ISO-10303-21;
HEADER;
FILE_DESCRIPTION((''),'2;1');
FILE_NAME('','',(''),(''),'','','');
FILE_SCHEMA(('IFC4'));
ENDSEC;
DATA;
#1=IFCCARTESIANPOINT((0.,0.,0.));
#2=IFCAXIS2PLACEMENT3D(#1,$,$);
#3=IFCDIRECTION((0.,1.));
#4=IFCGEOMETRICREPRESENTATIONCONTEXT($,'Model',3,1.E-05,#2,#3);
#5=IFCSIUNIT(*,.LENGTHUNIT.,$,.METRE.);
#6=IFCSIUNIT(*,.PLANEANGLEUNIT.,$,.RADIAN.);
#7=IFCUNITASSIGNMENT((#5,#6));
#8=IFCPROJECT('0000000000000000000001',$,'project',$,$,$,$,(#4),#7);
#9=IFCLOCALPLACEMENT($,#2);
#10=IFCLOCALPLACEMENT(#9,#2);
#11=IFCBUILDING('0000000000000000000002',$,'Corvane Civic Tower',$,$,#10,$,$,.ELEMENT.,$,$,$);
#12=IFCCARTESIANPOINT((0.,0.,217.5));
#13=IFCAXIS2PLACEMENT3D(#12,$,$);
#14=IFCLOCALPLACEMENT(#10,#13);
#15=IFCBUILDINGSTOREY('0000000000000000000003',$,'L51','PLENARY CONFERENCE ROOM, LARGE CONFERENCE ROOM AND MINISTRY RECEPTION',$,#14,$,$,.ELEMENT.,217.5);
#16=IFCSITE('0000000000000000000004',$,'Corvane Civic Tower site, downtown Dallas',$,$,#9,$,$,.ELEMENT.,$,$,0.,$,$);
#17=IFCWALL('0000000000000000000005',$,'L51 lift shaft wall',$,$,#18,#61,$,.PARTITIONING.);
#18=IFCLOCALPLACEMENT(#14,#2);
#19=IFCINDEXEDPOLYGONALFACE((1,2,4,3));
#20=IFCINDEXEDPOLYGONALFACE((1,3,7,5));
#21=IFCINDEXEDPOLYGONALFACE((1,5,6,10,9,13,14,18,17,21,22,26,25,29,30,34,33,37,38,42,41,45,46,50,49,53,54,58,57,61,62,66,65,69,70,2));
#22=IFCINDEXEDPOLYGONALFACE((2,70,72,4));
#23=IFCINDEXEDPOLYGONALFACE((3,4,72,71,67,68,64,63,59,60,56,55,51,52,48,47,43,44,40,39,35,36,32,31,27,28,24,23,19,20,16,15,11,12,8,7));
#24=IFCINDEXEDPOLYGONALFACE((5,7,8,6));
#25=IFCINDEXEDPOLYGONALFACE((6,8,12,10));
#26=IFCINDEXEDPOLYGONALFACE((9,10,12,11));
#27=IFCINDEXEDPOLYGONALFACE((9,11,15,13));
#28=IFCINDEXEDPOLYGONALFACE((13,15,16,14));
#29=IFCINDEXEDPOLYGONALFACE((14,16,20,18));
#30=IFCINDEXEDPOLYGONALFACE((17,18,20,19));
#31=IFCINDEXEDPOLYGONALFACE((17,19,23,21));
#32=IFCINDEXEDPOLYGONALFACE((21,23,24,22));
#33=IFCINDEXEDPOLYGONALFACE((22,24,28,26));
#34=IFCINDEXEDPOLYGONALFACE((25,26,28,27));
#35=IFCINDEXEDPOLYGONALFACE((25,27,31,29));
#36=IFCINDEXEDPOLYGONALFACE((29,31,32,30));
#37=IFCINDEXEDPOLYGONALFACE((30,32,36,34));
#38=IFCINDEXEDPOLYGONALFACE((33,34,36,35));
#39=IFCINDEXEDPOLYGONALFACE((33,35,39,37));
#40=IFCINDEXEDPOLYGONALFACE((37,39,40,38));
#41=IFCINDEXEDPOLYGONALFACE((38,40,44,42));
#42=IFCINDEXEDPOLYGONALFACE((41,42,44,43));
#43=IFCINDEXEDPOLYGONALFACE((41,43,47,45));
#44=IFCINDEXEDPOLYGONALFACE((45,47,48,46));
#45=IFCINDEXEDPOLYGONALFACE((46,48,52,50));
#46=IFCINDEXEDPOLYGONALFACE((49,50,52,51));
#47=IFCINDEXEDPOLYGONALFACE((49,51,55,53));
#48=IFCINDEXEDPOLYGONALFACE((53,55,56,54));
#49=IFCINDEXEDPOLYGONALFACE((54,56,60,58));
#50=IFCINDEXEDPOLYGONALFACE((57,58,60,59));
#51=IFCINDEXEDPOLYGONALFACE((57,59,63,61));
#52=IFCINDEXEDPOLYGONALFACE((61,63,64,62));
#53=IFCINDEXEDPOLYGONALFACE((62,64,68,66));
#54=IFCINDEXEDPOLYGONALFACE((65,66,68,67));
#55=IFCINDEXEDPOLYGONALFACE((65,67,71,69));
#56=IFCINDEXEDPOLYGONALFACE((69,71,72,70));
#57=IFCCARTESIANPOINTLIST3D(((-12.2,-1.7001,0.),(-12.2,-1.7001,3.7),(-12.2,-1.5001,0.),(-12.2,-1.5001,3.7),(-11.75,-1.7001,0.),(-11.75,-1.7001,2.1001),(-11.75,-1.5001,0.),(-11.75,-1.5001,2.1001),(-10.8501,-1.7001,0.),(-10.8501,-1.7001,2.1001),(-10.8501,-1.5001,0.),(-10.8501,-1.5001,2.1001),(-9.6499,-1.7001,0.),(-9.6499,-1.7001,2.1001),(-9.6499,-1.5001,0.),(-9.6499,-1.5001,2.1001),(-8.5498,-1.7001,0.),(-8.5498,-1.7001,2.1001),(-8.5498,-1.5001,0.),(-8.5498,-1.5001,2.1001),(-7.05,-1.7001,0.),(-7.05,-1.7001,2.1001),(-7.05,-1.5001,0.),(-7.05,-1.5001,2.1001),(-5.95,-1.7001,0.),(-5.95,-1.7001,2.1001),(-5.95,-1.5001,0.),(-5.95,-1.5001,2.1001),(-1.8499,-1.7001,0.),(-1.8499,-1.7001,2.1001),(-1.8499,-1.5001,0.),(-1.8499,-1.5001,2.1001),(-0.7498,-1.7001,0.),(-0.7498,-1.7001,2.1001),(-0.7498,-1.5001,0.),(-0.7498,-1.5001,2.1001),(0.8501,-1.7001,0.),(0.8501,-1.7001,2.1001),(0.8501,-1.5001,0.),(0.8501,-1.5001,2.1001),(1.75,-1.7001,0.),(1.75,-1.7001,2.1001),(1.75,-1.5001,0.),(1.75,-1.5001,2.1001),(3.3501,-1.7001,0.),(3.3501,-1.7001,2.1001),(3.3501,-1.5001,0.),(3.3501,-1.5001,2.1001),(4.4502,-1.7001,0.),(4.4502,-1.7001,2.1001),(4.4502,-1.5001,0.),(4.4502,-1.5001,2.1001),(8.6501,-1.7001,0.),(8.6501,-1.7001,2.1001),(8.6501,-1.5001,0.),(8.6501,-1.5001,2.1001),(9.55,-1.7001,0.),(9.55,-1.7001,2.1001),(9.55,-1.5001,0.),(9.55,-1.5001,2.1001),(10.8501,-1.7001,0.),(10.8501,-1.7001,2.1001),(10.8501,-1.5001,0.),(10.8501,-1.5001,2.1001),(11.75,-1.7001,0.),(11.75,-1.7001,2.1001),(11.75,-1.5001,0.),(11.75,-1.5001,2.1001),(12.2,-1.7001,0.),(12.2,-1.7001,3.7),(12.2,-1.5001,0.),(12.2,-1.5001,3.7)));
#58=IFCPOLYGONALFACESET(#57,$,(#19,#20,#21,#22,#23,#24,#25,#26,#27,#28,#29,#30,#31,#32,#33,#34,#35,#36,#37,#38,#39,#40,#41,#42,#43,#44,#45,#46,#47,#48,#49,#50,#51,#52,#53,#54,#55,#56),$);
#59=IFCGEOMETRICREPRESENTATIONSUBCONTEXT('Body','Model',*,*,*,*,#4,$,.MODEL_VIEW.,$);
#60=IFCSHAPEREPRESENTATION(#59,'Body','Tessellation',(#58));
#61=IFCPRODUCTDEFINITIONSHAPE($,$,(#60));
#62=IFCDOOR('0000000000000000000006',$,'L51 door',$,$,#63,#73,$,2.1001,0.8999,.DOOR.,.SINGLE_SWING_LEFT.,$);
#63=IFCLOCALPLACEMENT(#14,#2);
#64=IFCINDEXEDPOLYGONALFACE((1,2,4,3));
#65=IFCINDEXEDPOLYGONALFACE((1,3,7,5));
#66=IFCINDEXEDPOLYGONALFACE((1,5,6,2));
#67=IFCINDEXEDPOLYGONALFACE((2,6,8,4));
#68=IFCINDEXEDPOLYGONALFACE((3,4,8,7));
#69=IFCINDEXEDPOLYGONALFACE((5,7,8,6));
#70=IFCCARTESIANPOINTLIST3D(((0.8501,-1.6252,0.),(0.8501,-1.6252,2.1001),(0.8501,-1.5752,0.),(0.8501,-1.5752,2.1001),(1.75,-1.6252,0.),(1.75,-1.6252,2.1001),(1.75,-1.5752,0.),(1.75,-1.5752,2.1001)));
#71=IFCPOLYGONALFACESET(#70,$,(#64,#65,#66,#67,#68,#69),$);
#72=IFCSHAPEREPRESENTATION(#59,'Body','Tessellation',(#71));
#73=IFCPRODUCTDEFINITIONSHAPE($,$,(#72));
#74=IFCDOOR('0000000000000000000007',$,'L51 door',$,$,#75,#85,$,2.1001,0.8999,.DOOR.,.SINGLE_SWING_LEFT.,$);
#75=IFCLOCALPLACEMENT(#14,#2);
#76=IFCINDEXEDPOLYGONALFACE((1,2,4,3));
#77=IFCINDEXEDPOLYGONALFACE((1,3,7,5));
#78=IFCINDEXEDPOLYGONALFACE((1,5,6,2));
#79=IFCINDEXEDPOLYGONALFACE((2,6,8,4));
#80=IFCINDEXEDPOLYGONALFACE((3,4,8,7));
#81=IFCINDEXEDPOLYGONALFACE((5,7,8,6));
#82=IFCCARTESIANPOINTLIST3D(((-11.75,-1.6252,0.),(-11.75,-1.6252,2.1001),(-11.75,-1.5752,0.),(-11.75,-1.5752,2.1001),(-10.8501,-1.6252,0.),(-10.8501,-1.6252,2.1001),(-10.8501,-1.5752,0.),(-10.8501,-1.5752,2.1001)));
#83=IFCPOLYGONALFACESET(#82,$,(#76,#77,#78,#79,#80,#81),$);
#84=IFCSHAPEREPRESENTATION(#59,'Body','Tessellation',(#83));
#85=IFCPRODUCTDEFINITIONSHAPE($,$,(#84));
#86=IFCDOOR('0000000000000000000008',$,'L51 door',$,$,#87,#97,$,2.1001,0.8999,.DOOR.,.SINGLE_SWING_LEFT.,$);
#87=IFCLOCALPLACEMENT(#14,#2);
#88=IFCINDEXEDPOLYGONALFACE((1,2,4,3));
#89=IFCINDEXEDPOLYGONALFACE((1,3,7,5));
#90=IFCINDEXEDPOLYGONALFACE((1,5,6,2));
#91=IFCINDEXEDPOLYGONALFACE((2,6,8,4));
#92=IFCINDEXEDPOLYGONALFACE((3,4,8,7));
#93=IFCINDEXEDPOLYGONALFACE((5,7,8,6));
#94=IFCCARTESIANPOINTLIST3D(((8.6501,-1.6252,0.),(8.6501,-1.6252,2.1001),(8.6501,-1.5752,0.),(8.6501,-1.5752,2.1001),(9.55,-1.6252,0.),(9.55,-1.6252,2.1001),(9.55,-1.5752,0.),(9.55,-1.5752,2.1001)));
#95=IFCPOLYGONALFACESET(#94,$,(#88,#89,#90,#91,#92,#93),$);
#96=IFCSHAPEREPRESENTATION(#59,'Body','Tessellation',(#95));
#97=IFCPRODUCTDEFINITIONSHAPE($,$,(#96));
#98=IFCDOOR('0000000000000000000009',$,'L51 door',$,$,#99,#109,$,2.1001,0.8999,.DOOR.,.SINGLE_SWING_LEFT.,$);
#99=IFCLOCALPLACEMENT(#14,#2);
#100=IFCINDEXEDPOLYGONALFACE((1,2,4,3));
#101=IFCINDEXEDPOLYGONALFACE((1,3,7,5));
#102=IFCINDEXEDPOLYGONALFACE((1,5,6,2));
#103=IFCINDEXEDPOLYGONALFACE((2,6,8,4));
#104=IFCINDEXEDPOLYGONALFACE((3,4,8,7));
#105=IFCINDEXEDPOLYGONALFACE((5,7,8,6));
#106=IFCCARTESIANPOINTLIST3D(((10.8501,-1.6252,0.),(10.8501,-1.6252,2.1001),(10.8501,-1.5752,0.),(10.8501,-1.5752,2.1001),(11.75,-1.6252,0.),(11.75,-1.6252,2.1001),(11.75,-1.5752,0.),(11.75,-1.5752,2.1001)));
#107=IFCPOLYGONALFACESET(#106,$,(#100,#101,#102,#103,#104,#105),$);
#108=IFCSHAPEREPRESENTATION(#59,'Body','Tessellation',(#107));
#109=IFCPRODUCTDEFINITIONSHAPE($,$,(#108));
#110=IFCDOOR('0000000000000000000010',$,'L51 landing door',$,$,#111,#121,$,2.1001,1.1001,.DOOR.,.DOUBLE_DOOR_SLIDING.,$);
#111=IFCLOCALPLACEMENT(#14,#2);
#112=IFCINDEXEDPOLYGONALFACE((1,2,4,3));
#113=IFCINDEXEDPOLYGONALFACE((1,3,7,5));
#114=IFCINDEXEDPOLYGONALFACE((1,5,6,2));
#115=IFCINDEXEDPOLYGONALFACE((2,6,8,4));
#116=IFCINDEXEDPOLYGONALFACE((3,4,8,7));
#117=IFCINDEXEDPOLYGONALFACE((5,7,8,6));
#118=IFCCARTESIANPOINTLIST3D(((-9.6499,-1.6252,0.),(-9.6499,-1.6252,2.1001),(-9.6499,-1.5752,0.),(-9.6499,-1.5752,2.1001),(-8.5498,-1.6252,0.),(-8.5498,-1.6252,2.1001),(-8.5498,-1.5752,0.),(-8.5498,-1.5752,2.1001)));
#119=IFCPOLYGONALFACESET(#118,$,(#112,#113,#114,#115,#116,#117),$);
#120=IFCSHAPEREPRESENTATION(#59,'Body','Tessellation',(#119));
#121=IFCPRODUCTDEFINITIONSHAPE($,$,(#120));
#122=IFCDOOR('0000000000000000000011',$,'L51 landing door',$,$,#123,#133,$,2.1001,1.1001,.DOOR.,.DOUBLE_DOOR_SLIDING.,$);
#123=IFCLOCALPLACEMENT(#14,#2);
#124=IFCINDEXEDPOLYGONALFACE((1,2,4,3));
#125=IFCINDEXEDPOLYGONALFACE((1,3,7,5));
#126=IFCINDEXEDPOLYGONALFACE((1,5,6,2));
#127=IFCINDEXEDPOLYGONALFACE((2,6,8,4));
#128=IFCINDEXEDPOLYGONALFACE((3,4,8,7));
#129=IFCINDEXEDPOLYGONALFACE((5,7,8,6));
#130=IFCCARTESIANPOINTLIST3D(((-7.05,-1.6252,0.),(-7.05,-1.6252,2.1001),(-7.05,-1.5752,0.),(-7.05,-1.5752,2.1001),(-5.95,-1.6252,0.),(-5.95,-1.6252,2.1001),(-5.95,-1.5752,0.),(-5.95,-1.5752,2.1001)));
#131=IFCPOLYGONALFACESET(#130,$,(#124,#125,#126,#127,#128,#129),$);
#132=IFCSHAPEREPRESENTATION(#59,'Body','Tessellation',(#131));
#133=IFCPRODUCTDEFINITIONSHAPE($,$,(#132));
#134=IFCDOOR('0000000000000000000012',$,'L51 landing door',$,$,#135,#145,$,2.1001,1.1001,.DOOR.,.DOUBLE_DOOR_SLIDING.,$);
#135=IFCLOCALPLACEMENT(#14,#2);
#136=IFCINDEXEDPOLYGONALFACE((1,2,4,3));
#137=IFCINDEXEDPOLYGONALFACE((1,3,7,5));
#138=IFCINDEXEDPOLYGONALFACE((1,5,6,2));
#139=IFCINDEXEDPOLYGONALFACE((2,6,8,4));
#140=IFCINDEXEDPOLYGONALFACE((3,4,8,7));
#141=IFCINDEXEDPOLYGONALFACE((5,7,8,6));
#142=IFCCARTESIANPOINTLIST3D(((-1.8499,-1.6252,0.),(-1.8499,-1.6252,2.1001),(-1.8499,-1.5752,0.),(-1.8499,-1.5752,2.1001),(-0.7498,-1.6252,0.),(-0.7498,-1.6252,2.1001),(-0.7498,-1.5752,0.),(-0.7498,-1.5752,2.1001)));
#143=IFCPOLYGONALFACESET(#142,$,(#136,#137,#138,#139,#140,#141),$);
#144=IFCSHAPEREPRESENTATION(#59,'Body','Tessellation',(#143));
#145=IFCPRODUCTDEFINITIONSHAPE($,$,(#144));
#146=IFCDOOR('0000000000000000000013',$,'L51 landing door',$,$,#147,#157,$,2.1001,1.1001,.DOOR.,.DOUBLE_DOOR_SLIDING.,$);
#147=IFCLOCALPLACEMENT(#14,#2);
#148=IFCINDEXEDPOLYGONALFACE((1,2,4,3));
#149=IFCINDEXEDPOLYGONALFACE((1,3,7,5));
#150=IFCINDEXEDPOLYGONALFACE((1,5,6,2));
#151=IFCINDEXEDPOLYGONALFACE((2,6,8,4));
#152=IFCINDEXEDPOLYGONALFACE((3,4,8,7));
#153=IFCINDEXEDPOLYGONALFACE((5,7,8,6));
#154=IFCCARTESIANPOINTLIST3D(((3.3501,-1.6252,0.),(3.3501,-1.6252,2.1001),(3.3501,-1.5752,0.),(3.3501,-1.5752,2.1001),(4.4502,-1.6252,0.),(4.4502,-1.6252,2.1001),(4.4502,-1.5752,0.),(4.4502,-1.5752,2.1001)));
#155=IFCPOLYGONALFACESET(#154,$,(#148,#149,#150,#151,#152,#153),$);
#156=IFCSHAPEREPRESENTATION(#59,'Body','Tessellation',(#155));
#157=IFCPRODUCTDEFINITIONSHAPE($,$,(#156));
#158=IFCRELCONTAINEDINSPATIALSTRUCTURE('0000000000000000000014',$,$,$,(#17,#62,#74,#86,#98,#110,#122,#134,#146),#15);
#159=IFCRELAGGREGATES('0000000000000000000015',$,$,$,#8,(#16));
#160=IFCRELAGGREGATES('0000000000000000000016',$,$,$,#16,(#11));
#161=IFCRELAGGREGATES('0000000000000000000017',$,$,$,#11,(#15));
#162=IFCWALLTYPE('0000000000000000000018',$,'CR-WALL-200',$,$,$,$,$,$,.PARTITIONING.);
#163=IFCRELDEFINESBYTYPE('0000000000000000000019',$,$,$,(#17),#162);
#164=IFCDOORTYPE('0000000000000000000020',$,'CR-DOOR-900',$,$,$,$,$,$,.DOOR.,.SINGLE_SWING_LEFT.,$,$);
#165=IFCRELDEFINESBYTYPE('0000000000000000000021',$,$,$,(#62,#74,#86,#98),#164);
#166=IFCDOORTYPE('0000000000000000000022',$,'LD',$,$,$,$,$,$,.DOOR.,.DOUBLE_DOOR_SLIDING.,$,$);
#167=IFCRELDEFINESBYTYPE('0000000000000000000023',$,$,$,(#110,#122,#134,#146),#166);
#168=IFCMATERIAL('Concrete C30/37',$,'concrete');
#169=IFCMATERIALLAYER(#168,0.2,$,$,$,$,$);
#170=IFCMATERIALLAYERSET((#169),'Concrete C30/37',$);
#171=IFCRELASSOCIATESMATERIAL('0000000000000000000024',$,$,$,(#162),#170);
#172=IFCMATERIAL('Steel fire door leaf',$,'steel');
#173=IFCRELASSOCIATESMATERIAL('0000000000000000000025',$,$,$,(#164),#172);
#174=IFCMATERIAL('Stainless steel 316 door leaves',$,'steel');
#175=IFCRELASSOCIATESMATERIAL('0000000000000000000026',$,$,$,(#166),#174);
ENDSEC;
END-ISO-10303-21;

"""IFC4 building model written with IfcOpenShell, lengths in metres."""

from ifc_helpers import new_model, si_unit, direction, frame, frame_2d, origin, place, context, subcontext, project, spatial, rectangle, extrude, material, layer, layer_set, type_object, element, fill, save


model = new_model("IFC4")

# Units and contexts
model_context = context("Model", 3, precision=1e-05, world=origin(), true_north=direction((0.0, 1.0)))
body_context = subcontext(model_context, "Body", "Model", "MODEL_VIEW")
ifc_project = project(units=[si_unit("LENGTHUNIT", "METRE"), si_unit("PLANEANGLEUNIT", "RADIAN")], contexts=[model_context])

# Site, building, storey
site_placement = place(None, origin())
site = spatial("IfcSite", under=ifc_project, at=site_placement, Name="Corvane Civic Tower site, downtown Dallas", CompositionType="ELEMENT", RefElevation=0.0)
building_placement = place(site_placement, origin())
building = spatial("IfcBuilding", under=site, at=building_placement, Name="Corvane Civic Tower", CompositionType="ELEMENT")
storey_placement = place(building_placement, frame((0.0, 0.0, 217.5)))
storey = spatial("IfcBuildingStorey", under=building, at=storey_placement, Name="L51", Description="PLENARY CONFERENCE ROOM, LARGE CONFERENCE ROOM AND MINISTRY RECEPTION", CompositionType="ELEMENT", Elevation=217.5)

# Shared definitions
ifc_material_1 = material(Name="Concrete C30/37", Category="concrete")
ifc_layer_1 = layer(ifc_material_1, 0.2)
ifc_layer_set_1 = layer_set([ifc_layer_1], Name="Concrete C30/37")
wall_type_1 = type_object("IfcWallType", Name="CR-WALL-200", PredefinedType="PARTITIONING", material=ifc_layer_set_1)
ifc_material_2 = material(Name="Steel fire door leaf", Category="steel")
door_type_1 = type_object("IfcDoorType", Name="CR-DOOR-900", OperationType="SINGLE_SWING_LEFT", PredefinedType="DOOR", material=ifc_material_2)

# Wall, openings, doors
wall_1_placement = place(storey_placement, frame((-12.2, -1.6001, 0.0), z_axis=(0.0, 0.0, 1.0), x_axis=(1.0, 0.0, 0.0)))
wall_1 = element("IfcWall", 1, at=wall_1_placement, inside=storey, type_object=wall_type_1, Name="L51 lift shaft wall", PredefinedType="PARTITIONING", context=body_context, shape_type="SweptSolid", body=[
    extrude(rectangle(XDim=24.3999, YDim=0.2, at=frame_2d((12.2, 0.0))), origin(), (0.0, 0.0, 1.0), 3.7),
])
opening_1_placement = place(wall_1_placement, frame((2.55, 0.0, 0.0)))
opening_1 = element("IfcOpeningElement", 2, at=opening_1_placement, cuts=wall_1, PredefinedType="OPENING", context=body_context, shape_type="SweptSolid", body=[
    extrude(rectangle(XDim=1.1001, YDim=2.1001, at=frame_2d((0.55, 1.05))), frame((0.0, 0.1099, 0.0), z_axis=(0.0, -1.0, 0.0), x_axis=(1.0, 0.0, 0.0)), (0.0, 0.0, 1.0), 0.22),
])
opening_2_placement = place(wall_1_placement, frame((5.1499, 0.0, 0.0)))
opening_2 = element("IfcOpeningElement", 3, at=opening_2_placement, cuts=wall_1, PredefinedType="OPENING", context=body_context, shape_type="SweptSolid", body=[
    extrude(rectangle(XDim=1.1001, YDim=2.1001, at=frame_2d((0.55, 1.05))), frame((0.0, 0.1099, 0.0), z_axis=(0.0, -1.0, 0.0), x_axis=(1.0, 0.0, 0.0)), (0.0, 0.0, 1.0), 0.22),
])
opening_3_placement = place(wall_1_placement, frame((10.3501, 0.0, 0.0)))
opening_3 = element("IfcOpeningElement", 4, at=opening_3_placement, cuts=wall_1, PredefinedType="OPENING", context=body_context, shape_type="SweptSolid", body=[
    extrude(rectangle(XDim=1.1001, YDim=2.1001, at=frame_2d((0.55, 1.05))), frame((0.0, 0.1099, 0.0), z_axis=(0.0, -1.0, 0.0), x_axis=(1.0, 0.0, 0.0)), (0.0, 0.0, 1.0), 0.22),
])
opening_4_placement = place(wall_1_placement, frame((13.05, 0.0, 0.0)))
opening_4 = element("IfcOpeningElement", 5, at=opening_4_placement, cuts=wall_1, PredefinedType="OPENING", context=body_context, shape_type="SweptSolid", body=[
    extrude(rectangle(XDim=0.8999, YDim=2.1001, at=frame_2d((0.45, 1.05))), frame((0.0, 0.1099, 0.0), z_axis=(0.0, -1.0, 0.0), x_axis=(1.0, 0.0, 0.0)), (0.0, 0.0, 1.0), 0.22),
])
opening_5_placement = place(wall_1_placement, frame((15.55, 0.0, 0.0)))
opening_5 = element("IfcOpeningElement", 6, at=opening_5_placement, cuts=wall_1, PredefinedType="OPENING", context=body_context, shape_type="SweptSolid", body=[
    extrude(rectangle(XDim=1.1001, YDim=2.1001, at=frame_2d((0.55, 1.05))), frame((0.0, 0.1099, 0.0), z_axis=(0.0, -1.0, 0.0), x_axis=(1.0, 0.0, 0.0)), (0.0, 0.0, 1.0), 0.22),
])
opening_6_placement = place(wall_1_placement, frame((0.45, 0.0, 0.0)))
opening_6 = element("IfcOpeningElement", 7, at=opening_6_placement, cuts=wall_1, PredefinedType="OPENING", context=body_context, shape_type="SweptSolid", body=[
    extrude(rectangle(XDim=0.8999, YDim=2.1001, at=frame_2d((0.45, 1.05))), frame((0.0, 0.1099, 0.0), z_axis=(0.0, -1.0, 0.0), x_axis=(1.0, 0.0, 0.0)), (0.0, 0.0, 1.0), 0.22),
])
opening_7_placement = place(wall_1_placement, frame((20.8501, 0.0, 0.0)))
opening_7 = element("IfcOpeningElement", 8, at=opening_7_placement, cuts=wall_1, PredefinedType="OPENING", context=body_context, shape_type="SweptSolid", body=[
    extrude(rectangle(XDim=0.8999, YDim=2.1001, at=frame_2d((0.45, 1.05))), frame((0.0, 0.1099, 0.0), z_axis=(0.0, -1.0, 0.0), x_axis=(1.0, 0.0, 0.0)), (0.0, 0.0, 1.0), 0.22),
])
opening_8_placement = place(wall_1_placement, frame((23.05, 0.0, 0.0)))
opening_8 = element("IfcOpeningElement", 9, at=opening_8_placement, cuts=wall_1, PredefinedType="OPENING", context=body_context, shape_type="SweptSolid", body=[
    extrude(rectangle(XDim=0.8999, YDim=2.1001, at=frame_2d((0.45, 1.05))), frame((0.0, 0.1099, 0.0), z_axis=(0.0, -1.0, 0.0), x_axis=(1.0, 0.0, 0.0)), (0.0, 0.0, 1.0), 0.22),
])
door_1_placement = place(opening_4_placement, origin())
door_1 = element("IfcDoor", 10, at=door_1_placement, inside=storey, type_object=door_type_1, Name="L51 door", OperationType="SINGLE_SWING_LEFT", OverallHeight=2.1001, OverallWidth=0.8999, PredefinedType="DOOR", context=body_context, shape_type="SweptSolid", body=[
    extrude(rectangle(XDim=0.8999, YDim=2.1001, at=frame_2d((0.45, 1.05))), frame((0.0, 0.0249, 0.0), z_axis=(0.0, -1.0, 0.0), x_axis=(1.0, 0.0, 0.0)), (0.0, 0.0, 1.0), 0.05),
])
fill(opening_4, door_1)
door_2_placement = place(opening_6_placement, origin())
door_2 = element("IfcDoor", 11, at=door_2_placement, inside=storey, type_object=door_type_1, Name="L51 door", OperationType="SINGLE_SWING_LEFT", OverallHeight=2.1001, OverallWidth=0.8999, PredefinedType="DOOR", context=body_context, shape_type="SweptSolid", body=[
    extrude(rectangle(XDim=0.8999, YDim=2.1001, at=frame_2d((0.45, 1.05))), frame((0.0, 0.0249, 0.0), z_axis=(0.0, -1.0, 0.0), x_axis=(1.0, 0.0, 0.0)), (0.0, 0.0, 1.0), 0.05),
])
fill(opening_6, door_2)
door_3_placement = place(opening_7_placement, origin())
door_3 = element("IfcDoor", 12, at=door_3_placement, inside=storey, type_object=door_type_1, Name="L51 door", OperationType="SINGLE_SWING_LEFT", OverallHeight=2.1001, OverallWidth=0.8999, PredefinedType="DOOR", context=body_context, shape_type="SweptSolid", body=[
    extrude(rectangle(XDim=0.8999, YDim=2.1001, at=frame_2d((0.45, 1.05))), frame((0.0, 0.0249, 0.0), z_axis=(0.0, -1.0, 0.0), x_axis=(1.0, 0.0, 0.0)), (0.0, 0.0, 1.0), 0.05),
])
fill(opening_7, door_3)
door_4_placement = place(opening_8_placement, origin())
door_4 = element("IfcDoor", 13, at=door_4_placement, inside=storey, type_object=door_type_1, Name="L51 door", OperationType="SINGLE_SWING_LEFT", OverallHeight=2.1001, OverallWidth=0.8999, PredefinedType="DOOR", context=body_context, shape_type="SweptSolid", body=[
    extrude(rectangle(XDim=0.8999, YDim=2.1001, at=frame_2d((0.45, 1.05))), frame((0.0, 0.0249, 0.0), z_axis=(0.0, -1.0, 0.0), x_axis=(1.0, 0.0, 0.0)), (0.0, 0.0, 1.0), 0.05),
])
fill(opening_8, door_4)
ifc_material_3 = material(Name="Stainless steel 316 door leaves", Category="steel")
door_type_2 = type_object("IfcDoorType", Name="LD", OperationType="DOUBLE_DOOR_SLIDING", PredefinedType="DOOR", material=ifc_material_3)
door_5_placement = place(opening_1_placement, origin())
door_5 = element("IfcDoor", 14, at=door_5_placement, inside=storey, type_object=door_type_2, Name="L51 landing door", OperationType="DOUBLE_DOOR_SLIDING", OverallHeight=2.1001, OverallWidth=1.1001, PredefinedType="DOOR", context=body_context, shape_type="SweptSolid", body=[
    extrude(rectangle(XDim=1.1001, YDim=2.1001, at=frame_2d((0.55, 1.05))), frame((0.0, 0.0249, 0.0), z_axis=(0.0, -1.0, 0.0), x_axis=(1.0, 0.0, 0.0)), (0.0, 0.0, 1.0), 0.05),
])
fill(opening_1, door_5)
door_6_placement = place(opening_2_placement, origin())
door_6 = element("IfcDoor", 15, at=door_6_placement, inside=storey, type_object=door_type_2, Name="L51 landing door", OperationType="DOUBLE_DOOR_SLIDING", OverallHeight=2.1001, OverallWidth=1.1001, PredefinedType="DOOR", context=body_context, shape_type="SweptSolid", body=[
    extrude(rectangle(XDim=1.1001, YDim=2.1001, at=frame_2d((0.55, 1.05))), frame((0.0, 0.0249, 0.0), z_axis=(0.0, -1.0, 0.0), x_axis=(1.0, 0.0, 0.0)), (0.0, 0.0, 1.0), 0.05),
])
fill(opening_2, door_6)
door_7_placement = place(opening_3_placement, origin())
door_7 = element("IfcDoor", 16, at=door_7_placement, inside=storey, type_object=door_type_2, Name="L51 landing door", OperationType="DOUBLE_DOOR_SLIDING", OverallHeight=2.1001, OverallWidth=1.1001, PredefinedType="DOOR", context=body_context, shape_type="SweptSolid", body=[
    extrude(rectangle(XDim=1.1001, YDim=2.1001, at=frame_2d((0.55, 1.05))), frame((0.0, 0.0249, 0.0), z_axis=(0.0, -1.0, 0.0), x_axis=(1.0, 0.0, 0.0)), (0.0, 0.0, 1.0), 0.05),
])
fill(opening_3, door_7)
door_8_placement = place(opening_5_placement, origin())
door_8 = element("IfcDoor", 17, at=door_8_placement, inside=storey, type_object=door_type_2, Name="L51 landing door", OperationType="DOUBLE_DOOR_SLIDING", OverallHeight=2.1001, OverallWidth=1.1001, PredefinedType="DOOR", context=body_context, shape_type="SweptSolid", body=[
    extrude(rectangle(XDim=1.1001, YDim=2.1001, at=frame_2d((0.55, 1.05))), frame((0.0, 0.0249, 0.0), z_axis=(0.0, -1.0, 0.0), x_axis=(1.0, 0.0, 0.0)), (0.0, 0.0, 1.0), 0.05),
])
fill(opening_5, door_8)

save(model, "model.ifc")
